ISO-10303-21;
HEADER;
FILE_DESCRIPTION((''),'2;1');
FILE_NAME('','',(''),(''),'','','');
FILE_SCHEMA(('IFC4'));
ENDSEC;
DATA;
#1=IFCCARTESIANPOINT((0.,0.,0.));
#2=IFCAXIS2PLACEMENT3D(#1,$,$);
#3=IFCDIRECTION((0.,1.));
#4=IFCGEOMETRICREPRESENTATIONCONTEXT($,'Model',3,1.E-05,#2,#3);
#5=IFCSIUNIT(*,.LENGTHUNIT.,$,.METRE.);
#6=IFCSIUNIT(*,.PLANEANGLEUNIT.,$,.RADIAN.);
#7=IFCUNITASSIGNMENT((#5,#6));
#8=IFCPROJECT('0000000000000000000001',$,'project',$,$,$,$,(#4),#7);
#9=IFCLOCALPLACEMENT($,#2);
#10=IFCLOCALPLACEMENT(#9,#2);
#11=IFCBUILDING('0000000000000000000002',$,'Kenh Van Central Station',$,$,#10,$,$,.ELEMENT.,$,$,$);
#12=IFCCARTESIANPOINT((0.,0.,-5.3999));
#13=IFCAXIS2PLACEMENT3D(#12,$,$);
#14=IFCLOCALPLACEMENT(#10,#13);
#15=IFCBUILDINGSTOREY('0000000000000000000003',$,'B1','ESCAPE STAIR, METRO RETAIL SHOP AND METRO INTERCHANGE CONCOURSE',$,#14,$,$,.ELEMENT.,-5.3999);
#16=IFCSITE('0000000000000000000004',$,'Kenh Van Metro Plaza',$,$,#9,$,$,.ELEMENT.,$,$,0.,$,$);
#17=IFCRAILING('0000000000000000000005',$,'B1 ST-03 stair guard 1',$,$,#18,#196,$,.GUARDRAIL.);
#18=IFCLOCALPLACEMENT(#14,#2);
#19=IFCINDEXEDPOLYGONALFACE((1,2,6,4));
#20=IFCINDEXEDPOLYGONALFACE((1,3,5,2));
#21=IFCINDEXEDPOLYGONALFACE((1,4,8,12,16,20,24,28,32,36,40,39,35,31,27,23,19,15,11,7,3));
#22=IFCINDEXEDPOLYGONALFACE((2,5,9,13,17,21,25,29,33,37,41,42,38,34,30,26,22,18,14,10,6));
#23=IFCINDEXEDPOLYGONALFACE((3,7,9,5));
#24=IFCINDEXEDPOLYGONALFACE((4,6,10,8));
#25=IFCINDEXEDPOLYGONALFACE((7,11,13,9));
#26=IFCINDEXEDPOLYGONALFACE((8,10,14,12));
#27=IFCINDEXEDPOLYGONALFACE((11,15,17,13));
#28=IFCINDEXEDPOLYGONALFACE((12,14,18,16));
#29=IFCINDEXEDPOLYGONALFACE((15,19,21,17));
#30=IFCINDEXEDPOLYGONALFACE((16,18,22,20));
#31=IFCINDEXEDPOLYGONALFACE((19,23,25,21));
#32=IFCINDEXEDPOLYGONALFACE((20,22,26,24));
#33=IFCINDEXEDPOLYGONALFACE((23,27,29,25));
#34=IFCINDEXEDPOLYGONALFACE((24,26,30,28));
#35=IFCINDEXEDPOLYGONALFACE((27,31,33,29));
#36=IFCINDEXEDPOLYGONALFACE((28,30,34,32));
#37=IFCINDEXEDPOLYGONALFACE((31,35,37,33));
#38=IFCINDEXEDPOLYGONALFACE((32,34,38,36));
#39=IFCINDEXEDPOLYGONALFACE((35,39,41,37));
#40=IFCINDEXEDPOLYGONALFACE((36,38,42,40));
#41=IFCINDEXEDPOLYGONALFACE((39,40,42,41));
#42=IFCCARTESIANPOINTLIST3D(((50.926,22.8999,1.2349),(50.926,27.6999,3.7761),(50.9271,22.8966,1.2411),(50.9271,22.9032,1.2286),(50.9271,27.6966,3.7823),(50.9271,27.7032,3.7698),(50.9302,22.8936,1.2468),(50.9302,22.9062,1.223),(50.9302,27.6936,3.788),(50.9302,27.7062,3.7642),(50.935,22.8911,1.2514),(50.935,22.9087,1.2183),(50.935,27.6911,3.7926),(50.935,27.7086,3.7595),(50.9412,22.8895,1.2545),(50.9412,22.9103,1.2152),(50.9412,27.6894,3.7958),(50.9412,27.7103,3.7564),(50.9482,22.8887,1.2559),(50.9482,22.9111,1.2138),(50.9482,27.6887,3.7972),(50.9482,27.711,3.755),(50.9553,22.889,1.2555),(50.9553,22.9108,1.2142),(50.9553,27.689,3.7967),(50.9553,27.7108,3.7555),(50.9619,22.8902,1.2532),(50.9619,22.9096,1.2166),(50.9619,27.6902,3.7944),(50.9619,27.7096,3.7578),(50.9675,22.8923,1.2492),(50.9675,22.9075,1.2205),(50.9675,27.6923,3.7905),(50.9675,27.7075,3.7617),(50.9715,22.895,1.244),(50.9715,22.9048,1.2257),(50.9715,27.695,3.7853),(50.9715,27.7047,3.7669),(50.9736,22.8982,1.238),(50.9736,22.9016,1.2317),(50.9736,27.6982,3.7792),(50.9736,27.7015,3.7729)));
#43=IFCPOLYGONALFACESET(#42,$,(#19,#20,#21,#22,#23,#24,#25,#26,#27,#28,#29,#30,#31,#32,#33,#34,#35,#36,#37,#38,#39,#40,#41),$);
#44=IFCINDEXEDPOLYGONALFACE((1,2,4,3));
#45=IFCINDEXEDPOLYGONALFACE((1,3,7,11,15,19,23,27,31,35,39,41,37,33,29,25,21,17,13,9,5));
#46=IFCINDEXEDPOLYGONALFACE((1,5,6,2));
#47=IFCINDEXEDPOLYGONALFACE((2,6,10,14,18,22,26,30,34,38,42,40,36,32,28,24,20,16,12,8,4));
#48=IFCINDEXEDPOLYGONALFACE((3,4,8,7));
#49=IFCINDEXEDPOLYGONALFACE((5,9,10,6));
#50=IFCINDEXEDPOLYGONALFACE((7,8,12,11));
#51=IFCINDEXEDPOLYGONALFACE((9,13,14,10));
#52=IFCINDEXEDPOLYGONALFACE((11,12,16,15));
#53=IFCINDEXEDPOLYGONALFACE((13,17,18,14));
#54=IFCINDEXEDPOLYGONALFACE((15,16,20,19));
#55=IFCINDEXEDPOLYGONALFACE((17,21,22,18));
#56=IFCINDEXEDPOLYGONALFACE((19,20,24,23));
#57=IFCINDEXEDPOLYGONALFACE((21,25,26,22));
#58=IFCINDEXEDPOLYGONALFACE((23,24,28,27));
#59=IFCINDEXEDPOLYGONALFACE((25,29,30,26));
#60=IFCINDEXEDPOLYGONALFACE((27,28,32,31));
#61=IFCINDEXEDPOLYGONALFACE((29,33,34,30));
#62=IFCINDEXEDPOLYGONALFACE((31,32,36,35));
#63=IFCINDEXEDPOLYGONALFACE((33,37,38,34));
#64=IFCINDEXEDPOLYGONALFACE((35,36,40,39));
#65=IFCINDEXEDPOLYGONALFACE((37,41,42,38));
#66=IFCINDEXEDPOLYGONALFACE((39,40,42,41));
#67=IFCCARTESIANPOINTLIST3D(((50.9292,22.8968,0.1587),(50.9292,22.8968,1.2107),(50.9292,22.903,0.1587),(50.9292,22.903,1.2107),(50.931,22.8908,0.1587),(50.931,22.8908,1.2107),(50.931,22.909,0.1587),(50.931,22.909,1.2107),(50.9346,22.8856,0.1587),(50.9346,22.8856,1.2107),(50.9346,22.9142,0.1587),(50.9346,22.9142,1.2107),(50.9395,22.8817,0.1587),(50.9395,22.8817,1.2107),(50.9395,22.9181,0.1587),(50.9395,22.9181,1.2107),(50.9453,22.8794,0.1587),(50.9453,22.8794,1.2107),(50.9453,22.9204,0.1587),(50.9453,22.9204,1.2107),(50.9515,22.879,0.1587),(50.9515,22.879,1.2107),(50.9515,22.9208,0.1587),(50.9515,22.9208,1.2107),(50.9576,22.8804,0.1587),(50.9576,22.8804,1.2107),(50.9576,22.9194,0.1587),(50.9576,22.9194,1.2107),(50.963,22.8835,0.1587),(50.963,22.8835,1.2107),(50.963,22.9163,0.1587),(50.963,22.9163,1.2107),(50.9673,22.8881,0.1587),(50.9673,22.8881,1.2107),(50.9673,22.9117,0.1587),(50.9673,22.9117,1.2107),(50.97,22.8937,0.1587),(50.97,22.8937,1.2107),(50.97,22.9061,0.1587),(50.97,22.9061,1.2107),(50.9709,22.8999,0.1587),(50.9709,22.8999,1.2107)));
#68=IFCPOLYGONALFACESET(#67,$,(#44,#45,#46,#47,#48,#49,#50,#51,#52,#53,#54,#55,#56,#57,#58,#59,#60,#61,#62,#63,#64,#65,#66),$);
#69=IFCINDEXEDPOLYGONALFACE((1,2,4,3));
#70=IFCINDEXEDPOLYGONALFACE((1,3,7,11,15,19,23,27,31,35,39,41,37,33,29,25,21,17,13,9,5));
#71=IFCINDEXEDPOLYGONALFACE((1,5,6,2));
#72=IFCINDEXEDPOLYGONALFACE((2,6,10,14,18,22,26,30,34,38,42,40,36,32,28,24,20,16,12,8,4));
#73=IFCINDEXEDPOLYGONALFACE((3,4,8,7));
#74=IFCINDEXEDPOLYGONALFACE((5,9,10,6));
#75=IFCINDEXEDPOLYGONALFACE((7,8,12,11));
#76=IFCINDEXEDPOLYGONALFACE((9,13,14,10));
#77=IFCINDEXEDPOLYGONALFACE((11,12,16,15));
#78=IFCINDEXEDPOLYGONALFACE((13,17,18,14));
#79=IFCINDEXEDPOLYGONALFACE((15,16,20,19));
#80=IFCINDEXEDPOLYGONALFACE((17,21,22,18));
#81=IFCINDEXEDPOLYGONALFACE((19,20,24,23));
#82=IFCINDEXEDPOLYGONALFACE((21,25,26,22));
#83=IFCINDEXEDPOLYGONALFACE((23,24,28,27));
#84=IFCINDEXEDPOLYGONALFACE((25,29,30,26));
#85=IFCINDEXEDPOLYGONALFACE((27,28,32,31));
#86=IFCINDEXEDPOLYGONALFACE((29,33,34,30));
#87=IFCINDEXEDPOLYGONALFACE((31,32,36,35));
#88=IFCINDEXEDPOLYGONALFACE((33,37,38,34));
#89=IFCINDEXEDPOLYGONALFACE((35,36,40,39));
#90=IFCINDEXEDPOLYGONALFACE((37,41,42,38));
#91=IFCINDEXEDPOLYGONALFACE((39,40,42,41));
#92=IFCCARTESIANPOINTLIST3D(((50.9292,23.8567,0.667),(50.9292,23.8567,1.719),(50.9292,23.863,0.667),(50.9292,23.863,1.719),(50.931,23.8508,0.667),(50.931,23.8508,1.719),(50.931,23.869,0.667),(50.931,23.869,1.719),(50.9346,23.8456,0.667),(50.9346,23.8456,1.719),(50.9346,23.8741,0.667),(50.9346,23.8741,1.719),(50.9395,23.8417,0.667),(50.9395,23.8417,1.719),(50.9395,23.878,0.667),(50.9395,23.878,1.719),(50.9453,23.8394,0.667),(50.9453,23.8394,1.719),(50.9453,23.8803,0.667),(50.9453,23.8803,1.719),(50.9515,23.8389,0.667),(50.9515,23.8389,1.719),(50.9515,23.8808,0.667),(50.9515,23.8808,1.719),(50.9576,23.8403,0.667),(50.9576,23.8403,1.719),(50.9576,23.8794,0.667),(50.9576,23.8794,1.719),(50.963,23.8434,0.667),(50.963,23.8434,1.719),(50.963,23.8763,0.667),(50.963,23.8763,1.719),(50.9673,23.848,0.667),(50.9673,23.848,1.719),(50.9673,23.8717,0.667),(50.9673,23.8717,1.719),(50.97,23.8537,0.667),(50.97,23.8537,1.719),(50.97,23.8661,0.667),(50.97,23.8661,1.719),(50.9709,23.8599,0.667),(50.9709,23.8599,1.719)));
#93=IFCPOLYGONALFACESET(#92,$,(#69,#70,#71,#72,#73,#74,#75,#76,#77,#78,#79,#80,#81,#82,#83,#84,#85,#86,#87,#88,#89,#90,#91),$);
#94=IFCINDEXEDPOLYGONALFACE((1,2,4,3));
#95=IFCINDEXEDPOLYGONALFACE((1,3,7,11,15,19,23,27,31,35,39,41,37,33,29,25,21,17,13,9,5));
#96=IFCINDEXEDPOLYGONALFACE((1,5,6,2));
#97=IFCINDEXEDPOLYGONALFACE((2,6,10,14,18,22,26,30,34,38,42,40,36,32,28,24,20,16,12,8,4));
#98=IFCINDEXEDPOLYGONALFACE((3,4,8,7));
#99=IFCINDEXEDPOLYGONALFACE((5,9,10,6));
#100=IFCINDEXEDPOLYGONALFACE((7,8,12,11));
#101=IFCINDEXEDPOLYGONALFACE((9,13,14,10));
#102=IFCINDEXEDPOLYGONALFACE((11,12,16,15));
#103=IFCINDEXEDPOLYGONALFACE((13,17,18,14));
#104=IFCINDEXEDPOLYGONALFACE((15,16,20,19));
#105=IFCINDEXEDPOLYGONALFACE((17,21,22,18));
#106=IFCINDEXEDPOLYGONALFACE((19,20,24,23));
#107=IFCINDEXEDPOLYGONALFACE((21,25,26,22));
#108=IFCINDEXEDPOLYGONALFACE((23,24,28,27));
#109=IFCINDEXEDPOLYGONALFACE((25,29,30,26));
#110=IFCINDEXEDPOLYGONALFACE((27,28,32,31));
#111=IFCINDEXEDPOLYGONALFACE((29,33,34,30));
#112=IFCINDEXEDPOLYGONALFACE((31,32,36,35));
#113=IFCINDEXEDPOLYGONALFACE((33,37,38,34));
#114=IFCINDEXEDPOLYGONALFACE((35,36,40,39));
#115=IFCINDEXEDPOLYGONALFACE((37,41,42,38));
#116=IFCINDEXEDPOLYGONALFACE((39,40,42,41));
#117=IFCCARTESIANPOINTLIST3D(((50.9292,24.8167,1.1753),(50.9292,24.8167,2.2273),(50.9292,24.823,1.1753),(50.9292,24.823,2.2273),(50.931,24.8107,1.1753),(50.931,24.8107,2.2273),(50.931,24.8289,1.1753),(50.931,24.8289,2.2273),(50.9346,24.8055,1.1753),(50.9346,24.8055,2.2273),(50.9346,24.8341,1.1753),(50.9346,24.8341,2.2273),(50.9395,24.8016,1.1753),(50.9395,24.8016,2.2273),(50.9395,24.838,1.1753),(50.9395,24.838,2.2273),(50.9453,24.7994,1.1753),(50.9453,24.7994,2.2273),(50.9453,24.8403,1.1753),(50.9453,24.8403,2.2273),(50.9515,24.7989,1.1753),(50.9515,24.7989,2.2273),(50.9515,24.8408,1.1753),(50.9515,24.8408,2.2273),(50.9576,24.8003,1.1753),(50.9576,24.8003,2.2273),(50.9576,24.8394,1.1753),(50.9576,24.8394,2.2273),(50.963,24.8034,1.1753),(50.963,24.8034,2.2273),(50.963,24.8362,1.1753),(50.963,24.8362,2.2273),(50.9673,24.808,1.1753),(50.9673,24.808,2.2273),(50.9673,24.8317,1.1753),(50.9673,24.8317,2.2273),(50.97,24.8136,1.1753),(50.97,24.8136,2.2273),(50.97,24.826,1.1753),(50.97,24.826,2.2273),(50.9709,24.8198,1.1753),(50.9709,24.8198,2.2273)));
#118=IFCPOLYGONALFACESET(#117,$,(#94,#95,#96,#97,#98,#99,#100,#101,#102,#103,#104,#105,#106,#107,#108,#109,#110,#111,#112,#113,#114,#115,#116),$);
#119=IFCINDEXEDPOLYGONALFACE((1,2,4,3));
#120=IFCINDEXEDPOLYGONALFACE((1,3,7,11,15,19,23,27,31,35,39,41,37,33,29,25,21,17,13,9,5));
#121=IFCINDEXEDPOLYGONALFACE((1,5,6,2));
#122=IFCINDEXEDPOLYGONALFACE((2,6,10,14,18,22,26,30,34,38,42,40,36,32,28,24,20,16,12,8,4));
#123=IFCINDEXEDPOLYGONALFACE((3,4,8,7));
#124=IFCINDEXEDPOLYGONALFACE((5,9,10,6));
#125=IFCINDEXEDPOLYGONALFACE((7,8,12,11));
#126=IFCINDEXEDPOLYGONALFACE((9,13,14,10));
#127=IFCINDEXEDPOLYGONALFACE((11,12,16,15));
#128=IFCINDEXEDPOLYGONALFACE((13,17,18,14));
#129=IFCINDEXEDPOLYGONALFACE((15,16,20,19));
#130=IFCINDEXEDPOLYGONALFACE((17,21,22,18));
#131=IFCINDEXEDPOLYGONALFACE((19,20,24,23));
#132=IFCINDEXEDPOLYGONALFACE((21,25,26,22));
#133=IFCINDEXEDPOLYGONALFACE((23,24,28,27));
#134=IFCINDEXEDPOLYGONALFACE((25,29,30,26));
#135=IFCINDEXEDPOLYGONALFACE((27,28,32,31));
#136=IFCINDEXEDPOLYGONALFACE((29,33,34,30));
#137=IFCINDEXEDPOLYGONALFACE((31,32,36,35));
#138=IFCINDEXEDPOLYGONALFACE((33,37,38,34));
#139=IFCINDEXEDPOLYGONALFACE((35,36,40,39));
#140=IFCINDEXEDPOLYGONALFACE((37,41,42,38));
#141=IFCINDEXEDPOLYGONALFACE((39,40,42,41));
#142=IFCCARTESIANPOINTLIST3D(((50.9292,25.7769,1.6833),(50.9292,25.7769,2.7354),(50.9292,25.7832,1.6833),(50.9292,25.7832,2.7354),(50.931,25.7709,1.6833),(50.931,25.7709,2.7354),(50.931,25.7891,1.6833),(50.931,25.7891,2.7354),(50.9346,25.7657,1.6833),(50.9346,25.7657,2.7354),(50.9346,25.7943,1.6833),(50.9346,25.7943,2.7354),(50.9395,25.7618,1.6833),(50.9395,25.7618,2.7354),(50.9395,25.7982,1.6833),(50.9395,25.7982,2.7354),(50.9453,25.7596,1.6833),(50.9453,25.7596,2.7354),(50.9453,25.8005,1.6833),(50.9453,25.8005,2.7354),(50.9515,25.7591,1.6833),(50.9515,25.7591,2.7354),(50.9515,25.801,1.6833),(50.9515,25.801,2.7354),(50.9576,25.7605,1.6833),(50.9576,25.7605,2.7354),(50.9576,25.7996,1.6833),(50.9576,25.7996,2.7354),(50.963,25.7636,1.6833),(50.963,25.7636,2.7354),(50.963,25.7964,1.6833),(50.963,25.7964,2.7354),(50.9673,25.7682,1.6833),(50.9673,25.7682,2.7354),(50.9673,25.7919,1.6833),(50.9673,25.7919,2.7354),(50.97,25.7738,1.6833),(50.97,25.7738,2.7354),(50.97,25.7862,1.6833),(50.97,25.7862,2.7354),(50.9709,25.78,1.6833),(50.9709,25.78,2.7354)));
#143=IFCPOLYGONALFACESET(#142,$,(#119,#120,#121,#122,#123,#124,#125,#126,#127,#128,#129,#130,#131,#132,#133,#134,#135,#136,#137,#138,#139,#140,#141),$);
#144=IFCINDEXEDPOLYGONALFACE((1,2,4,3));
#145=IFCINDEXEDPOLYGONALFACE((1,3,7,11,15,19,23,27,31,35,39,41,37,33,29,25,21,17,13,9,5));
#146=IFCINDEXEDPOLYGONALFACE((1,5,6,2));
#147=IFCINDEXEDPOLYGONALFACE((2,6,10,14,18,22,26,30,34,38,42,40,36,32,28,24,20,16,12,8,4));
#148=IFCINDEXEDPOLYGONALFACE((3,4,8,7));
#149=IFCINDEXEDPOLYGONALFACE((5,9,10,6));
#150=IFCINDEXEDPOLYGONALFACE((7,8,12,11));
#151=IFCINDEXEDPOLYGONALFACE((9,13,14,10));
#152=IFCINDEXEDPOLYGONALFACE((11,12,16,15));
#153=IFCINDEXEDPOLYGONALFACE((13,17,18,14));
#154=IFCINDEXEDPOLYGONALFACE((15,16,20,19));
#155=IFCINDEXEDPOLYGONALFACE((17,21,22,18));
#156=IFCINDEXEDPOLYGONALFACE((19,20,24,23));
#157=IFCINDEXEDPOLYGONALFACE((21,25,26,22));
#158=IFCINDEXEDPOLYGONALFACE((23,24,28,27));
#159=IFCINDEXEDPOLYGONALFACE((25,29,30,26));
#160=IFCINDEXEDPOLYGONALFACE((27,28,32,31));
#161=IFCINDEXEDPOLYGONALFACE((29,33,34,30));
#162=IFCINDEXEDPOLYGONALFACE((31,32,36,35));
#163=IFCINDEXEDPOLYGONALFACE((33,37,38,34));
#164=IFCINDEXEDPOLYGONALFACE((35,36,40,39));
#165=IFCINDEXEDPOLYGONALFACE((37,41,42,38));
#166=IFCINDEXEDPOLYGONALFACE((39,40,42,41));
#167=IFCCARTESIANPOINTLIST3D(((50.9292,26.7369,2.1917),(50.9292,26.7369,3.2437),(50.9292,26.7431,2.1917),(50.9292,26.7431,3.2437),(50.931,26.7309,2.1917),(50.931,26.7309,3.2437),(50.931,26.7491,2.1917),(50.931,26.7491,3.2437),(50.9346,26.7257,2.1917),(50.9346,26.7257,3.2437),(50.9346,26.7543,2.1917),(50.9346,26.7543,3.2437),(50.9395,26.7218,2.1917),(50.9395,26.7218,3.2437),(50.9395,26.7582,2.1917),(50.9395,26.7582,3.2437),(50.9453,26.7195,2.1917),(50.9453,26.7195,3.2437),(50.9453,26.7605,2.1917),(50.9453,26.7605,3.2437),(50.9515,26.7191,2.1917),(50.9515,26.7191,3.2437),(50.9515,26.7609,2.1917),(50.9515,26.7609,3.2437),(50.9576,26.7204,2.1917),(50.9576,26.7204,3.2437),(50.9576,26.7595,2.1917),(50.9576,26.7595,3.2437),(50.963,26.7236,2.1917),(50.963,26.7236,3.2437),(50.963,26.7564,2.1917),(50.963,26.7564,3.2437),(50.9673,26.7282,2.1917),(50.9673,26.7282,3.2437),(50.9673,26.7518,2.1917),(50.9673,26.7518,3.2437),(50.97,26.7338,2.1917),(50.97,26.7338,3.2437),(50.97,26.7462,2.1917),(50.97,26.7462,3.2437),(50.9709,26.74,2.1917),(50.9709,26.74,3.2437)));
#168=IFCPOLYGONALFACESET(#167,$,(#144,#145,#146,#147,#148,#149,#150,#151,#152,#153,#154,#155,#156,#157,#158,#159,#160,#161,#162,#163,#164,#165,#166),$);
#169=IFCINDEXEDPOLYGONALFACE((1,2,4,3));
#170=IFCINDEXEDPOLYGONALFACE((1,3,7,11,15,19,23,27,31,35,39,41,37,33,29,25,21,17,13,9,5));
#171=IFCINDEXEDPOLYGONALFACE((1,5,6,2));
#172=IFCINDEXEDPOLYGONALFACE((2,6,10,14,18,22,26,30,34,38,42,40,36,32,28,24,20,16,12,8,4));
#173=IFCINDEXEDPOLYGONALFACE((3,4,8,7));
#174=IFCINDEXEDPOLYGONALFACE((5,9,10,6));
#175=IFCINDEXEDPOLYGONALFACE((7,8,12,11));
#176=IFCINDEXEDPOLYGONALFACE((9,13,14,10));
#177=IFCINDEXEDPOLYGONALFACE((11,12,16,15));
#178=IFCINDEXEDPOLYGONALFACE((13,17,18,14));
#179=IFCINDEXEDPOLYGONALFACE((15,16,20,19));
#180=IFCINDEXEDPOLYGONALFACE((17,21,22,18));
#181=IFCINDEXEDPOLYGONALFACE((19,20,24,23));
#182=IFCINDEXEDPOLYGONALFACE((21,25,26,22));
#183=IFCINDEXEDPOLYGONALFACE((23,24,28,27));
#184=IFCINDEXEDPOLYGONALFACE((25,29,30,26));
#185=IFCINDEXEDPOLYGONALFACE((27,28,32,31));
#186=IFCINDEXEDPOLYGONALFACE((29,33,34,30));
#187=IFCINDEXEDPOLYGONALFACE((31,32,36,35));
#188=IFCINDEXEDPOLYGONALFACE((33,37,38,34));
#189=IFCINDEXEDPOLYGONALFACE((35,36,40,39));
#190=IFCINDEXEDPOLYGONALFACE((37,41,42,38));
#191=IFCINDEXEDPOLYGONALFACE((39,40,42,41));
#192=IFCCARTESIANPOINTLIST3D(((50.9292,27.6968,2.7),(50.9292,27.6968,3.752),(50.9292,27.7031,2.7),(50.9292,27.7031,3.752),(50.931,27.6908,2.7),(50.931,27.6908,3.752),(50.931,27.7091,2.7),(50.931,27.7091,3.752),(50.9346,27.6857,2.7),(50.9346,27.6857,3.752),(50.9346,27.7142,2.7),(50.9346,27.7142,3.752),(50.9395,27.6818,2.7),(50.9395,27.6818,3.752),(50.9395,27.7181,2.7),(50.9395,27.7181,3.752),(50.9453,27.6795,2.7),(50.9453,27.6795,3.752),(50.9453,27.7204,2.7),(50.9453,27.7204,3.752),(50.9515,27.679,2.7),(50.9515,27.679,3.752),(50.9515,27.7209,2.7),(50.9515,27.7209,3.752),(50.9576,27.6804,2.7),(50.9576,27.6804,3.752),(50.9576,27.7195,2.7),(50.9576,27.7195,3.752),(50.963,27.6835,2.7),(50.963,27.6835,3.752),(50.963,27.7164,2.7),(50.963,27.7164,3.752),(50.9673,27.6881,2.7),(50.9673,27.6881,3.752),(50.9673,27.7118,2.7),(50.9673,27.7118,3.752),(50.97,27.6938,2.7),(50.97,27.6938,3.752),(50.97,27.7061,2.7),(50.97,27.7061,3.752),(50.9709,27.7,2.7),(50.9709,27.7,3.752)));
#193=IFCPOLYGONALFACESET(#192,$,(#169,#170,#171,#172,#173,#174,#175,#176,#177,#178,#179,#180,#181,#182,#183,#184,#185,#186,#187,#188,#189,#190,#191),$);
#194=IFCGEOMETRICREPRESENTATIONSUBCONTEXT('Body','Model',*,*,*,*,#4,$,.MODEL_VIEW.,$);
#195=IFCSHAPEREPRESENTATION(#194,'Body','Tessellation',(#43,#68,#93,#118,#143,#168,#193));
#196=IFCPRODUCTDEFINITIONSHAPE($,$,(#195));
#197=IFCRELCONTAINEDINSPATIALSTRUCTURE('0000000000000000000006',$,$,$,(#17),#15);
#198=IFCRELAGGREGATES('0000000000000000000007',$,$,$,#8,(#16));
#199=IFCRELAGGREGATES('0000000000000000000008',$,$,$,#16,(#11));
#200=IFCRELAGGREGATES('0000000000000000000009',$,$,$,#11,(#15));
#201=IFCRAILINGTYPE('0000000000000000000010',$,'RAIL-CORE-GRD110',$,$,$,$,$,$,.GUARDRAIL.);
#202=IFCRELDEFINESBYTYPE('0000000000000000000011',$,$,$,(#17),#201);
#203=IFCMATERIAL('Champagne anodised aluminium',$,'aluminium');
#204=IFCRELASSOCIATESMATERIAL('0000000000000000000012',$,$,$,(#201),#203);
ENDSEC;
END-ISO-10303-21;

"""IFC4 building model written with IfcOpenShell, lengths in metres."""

from ifc_helpers import new_model, si_unit, direction, frame, origin, origin_2d, place, context, subcontext, project, spatial, circle, extrude, material, type_object, element, save


model = new_model("IFC4")

# Units and contexts
model_context = context("Model", 3, precision=1e-05, world=origin(), true_north=direction((0.0, 1.0)))
body_context = subcontext(model_context, "Body", "Model", "MODEL_VIEW")
ifc_project = project(units=[si_unit("LENGTHUNIT", "METRE"), si_unit("PLANEANGLEUNIT", "RADIAN")], contexts=[model_context])

# Site, building, storey
site_placement = place(None, origin())
site = spatial("IfcSite", under=ifc_project, at=site_placement, Name="Kenh Van Metro Plaza", CompositionType="ELEMENT", RefElevation=0.0)
building_placement = place(site_placement, origin())
building = spatial("IfcBuilding", under=site, at=building_placement, Name="Kenh Van Central Station", CompositionType="ELEMENT")
storey_placement = place(building_placement, frame((0.0, 0.0, -5.3999)))
storey = spatial("IfcBuildingStorey", under=building, at=storey_placement, Name="B1", Description="ESCAPE STAIR, METRO RETAIL SHOP AND METRO INTERCHANGE CONCOURSE", CompositionType="ELEMENT", Elevation=-5.3999)

# Shared definitions
ifc_material_1 = material(Name="Champagne anodised aluminium", Category="aluminium")

# Railing
railing_type_1 = type_object("IfcRailingType", Name="RAIL-CORE-GRD110", PredefinedType="GUARDRAIL", material=ifc_material_1)
railing_1_placement = place(storey_placement, frame((50.95, 22.8999, 0.1587)))
element("IfcRailing", 1, at=railing_1_placement, inside=storey, type_object=railing_type_1, Name="B1 ST-03 stair guard 1", PredefinedType="GUARDRAIL", context=body_context, shape_type="SweptSolid", body=[
    extrude(circle(Radius=0.0239, at=origin_2d()), frame((0.0, 0.0, 1.0762), z_axis=(0.0, 0.883784, 0.467896), x_axis=(-1.0, 0.0, 0.0)), (0.0, 0.0, 1.0), 5.4312),
    extrude(circle(Radius=0.021, at=origin_2d()), origin(), (0.0, 0.0, 1.0), 1.052),
    extrude(circle(Radius=0.021, at=origin_2d()), frame((0.0, 0.96, 0.5083)), (0.0, 0.0, 1.0), 1.052),
    extrude(circle(Radius=0.021, at=origin_2d()), frame((0.0, 1.9199, 1.0166)), (0.0, 0.0, 1.0), 1.052),
    extrude(circle(Radius=0.021, at=origin_2d()), frame((0.0, 2.8801, 1.5247)), (0.0, 0.0, 1.0), 1.052),
    extrude(circle(Radius=0.021, at=origin_2d()), frame((0.0, 3.8401, 2.033)), (0.0, 0.0, 1.0), 1.052),
    extrude(circle(Radius=0.021, at=origin_2d()), frame((0.0, 4.8, 2.5413)), (0.0, 0.0, 1.0), 1.052),
])

save(model, "model.ifc")
